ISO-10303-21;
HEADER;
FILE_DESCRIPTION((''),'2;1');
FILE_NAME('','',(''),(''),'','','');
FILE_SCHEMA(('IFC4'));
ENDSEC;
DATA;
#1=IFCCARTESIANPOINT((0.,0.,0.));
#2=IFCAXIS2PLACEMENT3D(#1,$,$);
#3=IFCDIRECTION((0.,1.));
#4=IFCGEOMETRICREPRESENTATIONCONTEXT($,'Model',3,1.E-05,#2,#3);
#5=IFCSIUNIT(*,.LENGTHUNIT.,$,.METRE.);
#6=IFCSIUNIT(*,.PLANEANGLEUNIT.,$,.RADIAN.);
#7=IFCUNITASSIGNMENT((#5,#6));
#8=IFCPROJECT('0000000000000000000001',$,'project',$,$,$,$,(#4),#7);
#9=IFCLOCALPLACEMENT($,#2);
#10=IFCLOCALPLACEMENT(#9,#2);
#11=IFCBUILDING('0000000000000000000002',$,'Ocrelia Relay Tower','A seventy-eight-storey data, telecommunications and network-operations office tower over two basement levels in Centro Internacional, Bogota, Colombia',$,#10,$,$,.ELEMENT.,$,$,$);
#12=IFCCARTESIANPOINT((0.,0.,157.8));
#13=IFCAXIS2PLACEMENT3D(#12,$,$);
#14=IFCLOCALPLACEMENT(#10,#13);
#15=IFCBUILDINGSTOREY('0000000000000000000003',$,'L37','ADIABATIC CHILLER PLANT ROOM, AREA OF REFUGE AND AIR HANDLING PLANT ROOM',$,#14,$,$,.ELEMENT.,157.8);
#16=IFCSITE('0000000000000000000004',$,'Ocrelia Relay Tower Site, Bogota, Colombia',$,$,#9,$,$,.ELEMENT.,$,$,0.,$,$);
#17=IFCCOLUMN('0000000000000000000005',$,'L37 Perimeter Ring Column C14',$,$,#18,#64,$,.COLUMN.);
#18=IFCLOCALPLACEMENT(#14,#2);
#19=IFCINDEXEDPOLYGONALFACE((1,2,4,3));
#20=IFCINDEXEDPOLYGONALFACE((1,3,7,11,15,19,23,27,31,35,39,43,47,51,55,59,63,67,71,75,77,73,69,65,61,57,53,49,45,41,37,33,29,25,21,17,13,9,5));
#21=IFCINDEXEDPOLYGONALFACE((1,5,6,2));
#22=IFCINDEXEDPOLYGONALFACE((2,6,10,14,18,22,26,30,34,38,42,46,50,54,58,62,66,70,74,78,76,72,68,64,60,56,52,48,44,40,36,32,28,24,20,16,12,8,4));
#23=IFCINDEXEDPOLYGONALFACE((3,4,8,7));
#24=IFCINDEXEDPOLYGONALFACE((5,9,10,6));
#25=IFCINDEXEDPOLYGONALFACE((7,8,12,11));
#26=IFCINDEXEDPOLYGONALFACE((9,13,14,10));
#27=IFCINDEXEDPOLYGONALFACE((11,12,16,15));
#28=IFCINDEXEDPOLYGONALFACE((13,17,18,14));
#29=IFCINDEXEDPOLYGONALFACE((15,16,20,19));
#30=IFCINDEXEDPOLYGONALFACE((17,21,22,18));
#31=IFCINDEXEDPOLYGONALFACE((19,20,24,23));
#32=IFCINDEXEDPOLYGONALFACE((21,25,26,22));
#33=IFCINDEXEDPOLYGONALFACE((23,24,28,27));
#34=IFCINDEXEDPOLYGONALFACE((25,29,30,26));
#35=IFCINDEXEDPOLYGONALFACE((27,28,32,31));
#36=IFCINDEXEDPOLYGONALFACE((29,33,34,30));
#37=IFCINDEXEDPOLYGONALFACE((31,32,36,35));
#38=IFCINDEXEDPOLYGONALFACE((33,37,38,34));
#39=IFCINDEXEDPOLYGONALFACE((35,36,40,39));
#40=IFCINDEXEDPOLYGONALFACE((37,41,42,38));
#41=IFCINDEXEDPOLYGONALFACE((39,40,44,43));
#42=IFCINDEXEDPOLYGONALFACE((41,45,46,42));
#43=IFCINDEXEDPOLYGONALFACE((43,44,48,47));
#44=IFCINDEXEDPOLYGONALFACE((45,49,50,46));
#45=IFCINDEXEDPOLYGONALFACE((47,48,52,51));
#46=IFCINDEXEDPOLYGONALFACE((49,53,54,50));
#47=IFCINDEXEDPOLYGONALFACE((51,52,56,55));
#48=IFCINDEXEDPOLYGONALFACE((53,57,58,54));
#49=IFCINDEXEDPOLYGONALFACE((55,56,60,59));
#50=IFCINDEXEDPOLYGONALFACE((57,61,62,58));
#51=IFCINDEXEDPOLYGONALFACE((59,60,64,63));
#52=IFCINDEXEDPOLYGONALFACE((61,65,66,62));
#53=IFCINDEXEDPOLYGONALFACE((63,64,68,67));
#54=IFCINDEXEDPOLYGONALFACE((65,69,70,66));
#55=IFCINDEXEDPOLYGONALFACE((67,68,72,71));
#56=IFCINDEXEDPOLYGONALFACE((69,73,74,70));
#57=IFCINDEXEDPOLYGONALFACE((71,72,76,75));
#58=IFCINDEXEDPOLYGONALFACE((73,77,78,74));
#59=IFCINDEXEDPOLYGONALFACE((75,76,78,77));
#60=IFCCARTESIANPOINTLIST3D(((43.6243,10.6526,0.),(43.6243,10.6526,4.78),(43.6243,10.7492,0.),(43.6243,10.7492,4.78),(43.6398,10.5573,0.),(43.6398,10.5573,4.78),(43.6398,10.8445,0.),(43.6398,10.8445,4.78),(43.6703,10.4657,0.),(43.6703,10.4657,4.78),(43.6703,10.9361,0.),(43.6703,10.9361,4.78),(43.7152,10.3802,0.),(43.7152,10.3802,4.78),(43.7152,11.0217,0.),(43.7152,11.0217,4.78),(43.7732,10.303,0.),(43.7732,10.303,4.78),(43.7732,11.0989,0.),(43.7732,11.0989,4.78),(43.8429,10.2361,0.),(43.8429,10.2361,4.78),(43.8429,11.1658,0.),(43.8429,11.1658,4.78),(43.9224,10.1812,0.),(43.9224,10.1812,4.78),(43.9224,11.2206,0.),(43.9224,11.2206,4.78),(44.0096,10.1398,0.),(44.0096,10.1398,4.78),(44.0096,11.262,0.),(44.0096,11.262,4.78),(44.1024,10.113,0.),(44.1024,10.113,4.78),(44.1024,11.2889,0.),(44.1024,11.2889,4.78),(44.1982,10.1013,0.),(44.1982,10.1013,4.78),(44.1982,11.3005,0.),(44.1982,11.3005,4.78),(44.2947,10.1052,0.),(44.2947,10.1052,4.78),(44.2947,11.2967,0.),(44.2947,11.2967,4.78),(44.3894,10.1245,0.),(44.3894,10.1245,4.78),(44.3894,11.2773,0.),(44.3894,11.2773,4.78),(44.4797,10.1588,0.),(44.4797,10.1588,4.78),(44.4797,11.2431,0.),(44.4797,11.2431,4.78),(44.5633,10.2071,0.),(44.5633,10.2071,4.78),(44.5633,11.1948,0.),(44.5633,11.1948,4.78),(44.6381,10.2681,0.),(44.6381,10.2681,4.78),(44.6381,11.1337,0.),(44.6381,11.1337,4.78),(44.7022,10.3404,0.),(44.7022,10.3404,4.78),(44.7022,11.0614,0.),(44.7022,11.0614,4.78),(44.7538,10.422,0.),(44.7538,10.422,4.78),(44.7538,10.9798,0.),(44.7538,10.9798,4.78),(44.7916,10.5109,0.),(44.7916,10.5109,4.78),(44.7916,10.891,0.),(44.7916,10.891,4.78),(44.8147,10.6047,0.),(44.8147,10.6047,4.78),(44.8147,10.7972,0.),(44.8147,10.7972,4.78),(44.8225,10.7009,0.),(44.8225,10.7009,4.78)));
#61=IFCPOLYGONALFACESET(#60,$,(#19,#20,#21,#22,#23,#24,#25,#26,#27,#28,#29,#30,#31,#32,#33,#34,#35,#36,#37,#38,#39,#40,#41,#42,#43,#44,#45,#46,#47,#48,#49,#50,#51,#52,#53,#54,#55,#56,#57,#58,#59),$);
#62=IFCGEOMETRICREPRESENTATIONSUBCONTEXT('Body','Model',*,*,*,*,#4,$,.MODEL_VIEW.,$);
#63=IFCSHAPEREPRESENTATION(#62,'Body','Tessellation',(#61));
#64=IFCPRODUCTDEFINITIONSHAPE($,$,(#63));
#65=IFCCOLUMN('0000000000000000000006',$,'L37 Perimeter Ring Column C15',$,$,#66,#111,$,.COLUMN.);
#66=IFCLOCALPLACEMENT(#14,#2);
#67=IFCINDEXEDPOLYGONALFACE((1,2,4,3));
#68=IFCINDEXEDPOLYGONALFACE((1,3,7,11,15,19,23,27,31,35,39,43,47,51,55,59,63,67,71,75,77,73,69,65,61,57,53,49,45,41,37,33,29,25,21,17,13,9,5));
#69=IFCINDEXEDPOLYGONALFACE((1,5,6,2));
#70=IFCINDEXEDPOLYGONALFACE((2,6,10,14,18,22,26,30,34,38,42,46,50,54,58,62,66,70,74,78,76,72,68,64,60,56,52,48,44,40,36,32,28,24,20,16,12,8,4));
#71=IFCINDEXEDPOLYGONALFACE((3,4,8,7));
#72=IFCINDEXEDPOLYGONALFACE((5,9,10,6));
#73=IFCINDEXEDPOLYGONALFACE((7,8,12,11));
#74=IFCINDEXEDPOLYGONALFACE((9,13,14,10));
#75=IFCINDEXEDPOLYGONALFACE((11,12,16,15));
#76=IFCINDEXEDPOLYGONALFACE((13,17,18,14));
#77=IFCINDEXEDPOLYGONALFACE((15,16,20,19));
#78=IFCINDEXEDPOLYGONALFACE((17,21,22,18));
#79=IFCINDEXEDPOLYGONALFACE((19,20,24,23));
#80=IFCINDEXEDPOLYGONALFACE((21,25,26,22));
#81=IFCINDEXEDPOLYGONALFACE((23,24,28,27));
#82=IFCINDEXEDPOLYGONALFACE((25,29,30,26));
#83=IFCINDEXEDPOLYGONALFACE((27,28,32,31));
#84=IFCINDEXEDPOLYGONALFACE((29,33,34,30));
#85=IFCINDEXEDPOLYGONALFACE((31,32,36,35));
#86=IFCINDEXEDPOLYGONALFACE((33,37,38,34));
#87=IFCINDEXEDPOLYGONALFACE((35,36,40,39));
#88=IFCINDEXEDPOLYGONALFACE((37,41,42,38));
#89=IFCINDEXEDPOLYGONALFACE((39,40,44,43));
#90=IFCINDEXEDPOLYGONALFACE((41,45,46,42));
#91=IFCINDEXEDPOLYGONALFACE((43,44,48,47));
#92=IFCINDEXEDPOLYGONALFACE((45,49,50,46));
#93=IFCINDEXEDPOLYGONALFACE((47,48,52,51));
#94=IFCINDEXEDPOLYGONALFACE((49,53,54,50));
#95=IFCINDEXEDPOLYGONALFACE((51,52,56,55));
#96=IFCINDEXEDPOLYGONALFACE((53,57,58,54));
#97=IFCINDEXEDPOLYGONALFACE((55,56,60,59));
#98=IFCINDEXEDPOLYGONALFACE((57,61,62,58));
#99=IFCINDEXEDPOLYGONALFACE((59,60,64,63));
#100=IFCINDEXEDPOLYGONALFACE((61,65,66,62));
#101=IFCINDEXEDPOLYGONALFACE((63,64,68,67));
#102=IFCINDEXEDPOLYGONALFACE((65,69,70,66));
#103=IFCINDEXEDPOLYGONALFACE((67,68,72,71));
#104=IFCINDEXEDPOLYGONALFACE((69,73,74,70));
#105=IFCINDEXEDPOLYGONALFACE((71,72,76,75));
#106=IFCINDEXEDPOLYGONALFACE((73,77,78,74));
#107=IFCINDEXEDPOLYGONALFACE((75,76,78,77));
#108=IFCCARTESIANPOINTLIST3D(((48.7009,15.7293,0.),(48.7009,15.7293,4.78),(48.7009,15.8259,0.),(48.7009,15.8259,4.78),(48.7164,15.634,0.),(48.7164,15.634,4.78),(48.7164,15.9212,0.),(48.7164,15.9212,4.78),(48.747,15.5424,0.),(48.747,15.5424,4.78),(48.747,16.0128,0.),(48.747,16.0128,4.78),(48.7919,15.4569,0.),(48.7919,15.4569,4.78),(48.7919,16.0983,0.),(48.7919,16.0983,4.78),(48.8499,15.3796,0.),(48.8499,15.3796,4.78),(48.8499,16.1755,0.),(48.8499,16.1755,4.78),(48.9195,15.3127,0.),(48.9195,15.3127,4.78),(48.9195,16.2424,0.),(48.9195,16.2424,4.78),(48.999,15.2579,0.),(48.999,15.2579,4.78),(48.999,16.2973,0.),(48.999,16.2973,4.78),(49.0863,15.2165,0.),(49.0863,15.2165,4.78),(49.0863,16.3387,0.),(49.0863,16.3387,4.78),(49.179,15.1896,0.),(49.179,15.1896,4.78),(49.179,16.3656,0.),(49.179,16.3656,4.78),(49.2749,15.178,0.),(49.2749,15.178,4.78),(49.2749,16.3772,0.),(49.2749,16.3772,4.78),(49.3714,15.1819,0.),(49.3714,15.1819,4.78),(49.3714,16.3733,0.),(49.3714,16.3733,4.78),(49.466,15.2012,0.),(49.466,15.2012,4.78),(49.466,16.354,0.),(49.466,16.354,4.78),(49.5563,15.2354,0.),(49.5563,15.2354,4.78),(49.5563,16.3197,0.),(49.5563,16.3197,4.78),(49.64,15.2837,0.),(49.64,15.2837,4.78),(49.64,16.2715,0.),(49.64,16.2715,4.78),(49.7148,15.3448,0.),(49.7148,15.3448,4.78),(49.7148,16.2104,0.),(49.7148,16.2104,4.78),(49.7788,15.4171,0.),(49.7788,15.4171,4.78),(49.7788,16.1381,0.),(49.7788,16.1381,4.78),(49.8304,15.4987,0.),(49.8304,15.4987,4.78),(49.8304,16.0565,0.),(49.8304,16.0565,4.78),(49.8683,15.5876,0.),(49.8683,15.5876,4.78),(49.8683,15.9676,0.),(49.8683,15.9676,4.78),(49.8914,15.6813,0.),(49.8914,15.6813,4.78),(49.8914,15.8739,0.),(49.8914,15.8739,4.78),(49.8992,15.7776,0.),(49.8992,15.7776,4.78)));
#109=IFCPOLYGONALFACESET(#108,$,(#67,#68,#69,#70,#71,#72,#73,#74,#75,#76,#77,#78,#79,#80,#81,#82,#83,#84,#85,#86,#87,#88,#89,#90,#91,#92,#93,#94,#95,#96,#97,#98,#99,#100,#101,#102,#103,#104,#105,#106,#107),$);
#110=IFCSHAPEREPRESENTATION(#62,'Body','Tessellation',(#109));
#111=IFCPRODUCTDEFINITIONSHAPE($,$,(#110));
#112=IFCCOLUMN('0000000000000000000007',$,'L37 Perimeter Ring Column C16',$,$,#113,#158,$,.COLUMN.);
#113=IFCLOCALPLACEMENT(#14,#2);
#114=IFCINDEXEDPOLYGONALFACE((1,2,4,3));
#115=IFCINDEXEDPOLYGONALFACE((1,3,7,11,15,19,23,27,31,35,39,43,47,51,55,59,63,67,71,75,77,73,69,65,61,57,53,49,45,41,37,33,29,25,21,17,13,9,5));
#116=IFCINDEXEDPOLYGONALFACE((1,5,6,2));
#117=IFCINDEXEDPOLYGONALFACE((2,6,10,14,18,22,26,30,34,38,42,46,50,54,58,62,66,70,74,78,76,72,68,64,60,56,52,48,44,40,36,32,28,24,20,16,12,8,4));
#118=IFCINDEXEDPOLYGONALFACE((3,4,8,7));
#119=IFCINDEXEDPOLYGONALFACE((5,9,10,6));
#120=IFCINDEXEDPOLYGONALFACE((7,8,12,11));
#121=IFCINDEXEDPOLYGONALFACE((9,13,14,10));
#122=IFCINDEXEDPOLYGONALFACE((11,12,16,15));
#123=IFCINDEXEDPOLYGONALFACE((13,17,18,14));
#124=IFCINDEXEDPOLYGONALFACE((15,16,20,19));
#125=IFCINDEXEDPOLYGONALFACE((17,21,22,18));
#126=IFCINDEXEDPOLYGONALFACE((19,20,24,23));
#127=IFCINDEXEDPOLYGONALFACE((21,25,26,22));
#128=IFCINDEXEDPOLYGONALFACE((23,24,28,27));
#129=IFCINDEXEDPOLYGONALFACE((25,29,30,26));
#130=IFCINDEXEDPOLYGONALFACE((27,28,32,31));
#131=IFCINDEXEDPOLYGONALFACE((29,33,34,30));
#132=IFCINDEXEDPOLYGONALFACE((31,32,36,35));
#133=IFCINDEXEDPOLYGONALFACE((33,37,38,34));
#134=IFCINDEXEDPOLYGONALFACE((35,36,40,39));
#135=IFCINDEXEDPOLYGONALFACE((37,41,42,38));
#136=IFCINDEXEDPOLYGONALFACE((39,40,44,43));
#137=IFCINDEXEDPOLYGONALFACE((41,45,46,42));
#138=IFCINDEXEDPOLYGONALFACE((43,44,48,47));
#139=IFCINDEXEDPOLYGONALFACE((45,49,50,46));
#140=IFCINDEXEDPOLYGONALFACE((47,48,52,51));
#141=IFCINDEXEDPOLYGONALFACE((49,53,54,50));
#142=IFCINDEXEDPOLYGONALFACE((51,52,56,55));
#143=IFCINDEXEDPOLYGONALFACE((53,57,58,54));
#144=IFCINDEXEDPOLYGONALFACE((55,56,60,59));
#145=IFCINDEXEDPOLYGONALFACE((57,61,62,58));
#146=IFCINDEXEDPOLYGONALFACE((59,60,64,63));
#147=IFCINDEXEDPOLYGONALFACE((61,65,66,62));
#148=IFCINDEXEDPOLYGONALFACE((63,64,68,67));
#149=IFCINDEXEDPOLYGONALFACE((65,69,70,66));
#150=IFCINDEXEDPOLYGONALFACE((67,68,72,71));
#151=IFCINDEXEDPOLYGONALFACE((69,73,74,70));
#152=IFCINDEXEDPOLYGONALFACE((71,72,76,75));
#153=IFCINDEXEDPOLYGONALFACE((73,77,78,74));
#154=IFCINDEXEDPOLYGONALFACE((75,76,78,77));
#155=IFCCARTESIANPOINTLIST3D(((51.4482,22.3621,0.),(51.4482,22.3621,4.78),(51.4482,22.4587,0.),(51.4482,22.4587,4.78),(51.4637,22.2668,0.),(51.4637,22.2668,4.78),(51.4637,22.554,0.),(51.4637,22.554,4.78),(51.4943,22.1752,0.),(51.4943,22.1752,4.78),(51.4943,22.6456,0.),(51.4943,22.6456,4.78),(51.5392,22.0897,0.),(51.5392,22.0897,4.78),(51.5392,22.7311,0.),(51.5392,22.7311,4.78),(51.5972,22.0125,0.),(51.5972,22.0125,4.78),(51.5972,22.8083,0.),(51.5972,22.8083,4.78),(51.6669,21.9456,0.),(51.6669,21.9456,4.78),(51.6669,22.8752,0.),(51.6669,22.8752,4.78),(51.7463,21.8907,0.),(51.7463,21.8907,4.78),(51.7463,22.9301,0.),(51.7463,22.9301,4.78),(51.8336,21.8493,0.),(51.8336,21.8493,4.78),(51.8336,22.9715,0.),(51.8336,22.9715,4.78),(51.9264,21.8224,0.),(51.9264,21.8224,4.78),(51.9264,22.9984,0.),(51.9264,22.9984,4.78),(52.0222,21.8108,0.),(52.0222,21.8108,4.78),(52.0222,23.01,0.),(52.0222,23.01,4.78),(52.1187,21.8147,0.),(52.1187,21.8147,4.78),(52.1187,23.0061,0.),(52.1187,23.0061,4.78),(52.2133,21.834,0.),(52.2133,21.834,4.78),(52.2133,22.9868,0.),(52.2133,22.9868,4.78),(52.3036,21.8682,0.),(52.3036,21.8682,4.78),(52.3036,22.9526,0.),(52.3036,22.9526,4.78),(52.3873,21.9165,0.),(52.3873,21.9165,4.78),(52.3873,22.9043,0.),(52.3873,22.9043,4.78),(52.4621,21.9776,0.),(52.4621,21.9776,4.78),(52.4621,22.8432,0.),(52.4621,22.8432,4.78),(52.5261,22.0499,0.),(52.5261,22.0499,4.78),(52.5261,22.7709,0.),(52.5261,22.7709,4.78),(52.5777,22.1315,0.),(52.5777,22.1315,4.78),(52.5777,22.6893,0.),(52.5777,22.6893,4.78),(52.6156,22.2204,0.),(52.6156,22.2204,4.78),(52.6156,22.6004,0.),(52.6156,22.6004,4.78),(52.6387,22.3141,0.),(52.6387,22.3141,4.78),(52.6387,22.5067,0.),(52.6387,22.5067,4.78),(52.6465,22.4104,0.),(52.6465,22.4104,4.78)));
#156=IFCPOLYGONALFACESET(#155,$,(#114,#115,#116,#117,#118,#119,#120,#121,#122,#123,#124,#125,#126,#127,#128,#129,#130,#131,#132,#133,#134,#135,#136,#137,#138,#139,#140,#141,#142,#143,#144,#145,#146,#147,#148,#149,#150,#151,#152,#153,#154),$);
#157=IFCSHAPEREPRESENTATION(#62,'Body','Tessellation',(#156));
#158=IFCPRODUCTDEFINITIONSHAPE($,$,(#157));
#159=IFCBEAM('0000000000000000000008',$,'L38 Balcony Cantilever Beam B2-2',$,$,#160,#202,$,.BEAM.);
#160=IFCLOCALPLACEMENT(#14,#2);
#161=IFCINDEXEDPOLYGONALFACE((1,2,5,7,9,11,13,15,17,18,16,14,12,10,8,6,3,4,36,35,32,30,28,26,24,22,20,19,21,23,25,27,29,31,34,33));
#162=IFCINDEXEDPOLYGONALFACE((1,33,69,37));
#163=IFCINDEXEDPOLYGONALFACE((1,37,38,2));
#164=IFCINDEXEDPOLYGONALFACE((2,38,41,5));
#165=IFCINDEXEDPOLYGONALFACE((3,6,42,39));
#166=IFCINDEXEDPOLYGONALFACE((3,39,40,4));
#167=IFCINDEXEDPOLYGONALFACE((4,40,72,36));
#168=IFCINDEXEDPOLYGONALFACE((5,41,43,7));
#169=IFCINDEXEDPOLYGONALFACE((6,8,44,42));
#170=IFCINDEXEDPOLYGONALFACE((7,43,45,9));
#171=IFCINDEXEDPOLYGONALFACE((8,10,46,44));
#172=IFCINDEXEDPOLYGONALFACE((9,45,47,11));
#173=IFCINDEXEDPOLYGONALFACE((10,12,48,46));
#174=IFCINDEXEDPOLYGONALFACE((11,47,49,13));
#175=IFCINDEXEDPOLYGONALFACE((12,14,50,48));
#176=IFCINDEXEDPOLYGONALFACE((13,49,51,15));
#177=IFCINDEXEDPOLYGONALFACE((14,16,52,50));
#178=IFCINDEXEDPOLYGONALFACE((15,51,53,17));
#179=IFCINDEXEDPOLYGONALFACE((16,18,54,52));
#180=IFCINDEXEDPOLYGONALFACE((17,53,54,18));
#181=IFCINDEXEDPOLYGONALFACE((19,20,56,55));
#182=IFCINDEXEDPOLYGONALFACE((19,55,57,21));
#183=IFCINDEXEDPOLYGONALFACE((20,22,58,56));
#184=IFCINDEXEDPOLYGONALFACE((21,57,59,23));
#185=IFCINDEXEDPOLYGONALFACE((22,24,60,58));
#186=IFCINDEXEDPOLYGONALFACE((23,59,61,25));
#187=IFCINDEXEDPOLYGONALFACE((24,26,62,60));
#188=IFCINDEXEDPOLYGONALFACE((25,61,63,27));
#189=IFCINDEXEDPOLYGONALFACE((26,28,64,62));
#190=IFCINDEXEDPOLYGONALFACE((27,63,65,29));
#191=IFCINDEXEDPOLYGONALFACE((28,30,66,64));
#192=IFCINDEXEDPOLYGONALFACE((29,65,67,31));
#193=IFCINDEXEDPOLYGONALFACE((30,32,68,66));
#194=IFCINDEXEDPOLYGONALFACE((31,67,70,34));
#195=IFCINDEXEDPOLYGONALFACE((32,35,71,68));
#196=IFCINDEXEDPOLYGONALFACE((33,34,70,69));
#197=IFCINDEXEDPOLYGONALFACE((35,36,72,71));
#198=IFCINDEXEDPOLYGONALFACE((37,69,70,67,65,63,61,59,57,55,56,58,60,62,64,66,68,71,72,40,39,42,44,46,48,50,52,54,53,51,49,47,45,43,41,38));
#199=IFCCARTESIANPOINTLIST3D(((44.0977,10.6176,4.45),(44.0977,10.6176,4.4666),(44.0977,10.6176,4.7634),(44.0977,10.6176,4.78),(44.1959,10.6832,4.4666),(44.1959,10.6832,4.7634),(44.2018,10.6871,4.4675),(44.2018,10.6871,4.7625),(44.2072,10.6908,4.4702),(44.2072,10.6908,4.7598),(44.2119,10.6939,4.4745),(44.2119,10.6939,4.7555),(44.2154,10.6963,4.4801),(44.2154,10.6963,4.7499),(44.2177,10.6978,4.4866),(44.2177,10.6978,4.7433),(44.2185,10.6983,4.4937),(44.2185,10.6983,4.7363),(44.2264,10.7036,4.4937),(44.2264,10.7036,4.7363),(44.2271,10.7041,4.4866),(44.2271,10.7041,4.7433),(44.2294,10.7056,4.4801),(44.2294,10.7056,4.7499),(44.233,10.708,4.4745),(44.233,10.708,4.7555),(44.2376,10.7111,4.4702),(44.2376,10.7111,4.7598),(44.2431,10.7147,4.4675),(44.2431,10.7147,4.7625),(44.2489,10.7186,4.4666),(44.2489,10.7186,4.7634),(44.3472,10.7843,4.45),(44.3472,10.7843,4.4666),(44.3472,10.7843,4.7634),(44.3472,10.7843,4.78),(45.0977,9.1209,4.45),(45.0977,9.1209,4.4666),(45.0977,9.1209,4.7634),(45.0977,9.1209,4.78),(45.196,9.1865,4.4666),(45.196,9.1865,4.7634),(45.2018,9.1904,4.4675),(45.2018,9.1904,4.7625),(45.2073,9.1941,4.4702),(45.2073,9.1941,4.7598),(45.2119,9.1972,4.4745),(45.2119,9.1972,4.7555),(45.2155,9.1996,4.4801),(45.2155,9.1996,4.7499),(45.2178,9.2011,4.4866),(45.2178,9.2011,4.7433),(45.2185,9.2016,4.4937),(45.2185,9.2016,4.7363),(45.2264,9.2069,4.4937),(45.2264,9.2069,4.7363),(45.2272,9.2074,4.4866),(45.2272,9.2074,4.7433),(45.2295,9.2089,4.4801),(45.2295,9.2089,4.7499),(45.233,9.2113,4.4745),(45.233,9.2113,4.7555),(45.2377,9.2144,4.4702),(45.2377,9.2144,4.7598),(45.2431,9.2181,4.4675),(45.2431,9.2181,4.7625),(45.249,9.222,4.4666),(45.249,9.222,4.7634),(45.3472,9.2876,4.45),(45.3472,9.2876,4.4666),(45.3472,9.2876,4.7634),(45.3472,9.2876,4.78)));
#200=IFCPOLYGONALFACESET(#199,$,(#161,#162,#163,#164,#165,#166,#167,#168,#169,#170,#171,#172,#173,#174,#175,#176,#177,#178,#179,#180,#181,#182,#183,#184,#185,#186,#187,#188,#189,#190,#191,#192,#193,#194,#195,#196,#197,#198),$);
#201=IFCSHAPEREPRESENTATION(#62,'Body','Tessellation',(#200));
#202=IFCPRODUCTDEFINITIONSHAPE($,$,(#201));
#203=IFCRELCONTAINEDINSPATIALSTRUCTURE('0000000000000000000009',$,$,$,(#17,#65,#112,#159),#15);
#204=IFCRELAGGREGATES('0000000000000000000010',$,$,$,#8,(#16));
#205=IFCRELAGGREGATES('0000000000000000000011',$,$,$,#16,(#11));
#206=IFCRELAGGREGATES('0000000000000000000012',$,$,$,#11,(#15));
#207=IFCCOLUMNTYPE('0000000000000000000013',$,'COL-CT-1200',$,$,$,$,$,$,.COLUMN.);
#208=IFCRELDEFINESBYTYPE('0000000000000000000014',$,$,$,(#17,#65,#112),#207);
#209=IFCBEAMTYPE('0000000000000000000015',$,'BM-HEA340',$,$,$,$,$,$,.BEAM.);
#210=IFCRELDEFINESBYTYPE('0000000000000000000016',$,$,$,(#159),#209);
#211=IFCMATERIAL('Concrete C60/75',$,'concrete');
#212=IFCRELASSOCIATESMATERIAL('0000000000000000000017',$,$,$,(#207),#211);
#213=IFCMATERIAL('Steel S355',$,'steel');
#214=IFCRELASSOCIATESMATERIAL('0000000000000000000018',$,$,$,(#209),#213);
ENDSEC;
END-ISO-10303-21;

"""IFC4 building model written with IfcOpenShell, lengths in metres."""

from ifc_helpers import new_model, si_unit, direction, frame, origin, origin_2d, place, context, subcontext, project, spatial, circle, i_section, extrude, material, material_profile, profile_set, type_object, element, save


model = new_model("IFC4")

# Units and contexts
model_context = context("Model", 3, precision=1e-05, world=origin(), true_north=direction((0.0, 1.0)))
body_context = subcontext(model_context, "Body", "Model", "MODEL_VIEW")
ifc_project = project(units=[si_unit("LENGTHUNIT", "METRE"), si_unit("PLANEANGLEUNIT", "RADIAN")], contexts=[model_context])

# Site, building, storey
site_placement = place(None, origin())
site = spatial("IfcSite", under=ifc_project, at=site_placement, Name="Ocrelia Relay Tower Site, Bogota, Colombia", CompositionType="ELEMENT", RefElevation=0.0)
building_placement = place(site_placement, origin())
building = spatial("IfcBuilding", under=site, at=building_placement, Name="Ocrelia Relay Tower", Description="A seventy-eight-storey data, telecommunications and network-operations office tower over two basement levels in Centro Internacional, Bogota, Colombia", CompositionType="ELEMENT")
storey_placement = place(building_placement, frame((0.0, 0.0, 157.8)))
storey = spatial("IfcBuildingStorey", under=building, at=storey_placement, Name="L37", Description="ADIABATIC CHILLER PLANT ROOM, AREA OF REFUGE AND AIR HANDLING PLANT ROOM", CompositionType="ELEMENT", Elevation=157.8)

# Columns
ifc_material_1 = material(Name="Concrete C60/75", Category="concrete")
ifc_material_profile_1 = material_profile(ifc_material_1, circle(Radius=0.6001, at=origin_2d()), Name="RC-CIR-1200")
ifc_profile_set_1 = profile_set([ifc_material_profile_1], Name="Concrete C60/75")
column_type = type_object("IfcColumnType", Name="COL-CT-1200", PredefinedType="COLUMN", material=ifc_profile_set_1)
for number, where, z_axis, x_axis, name in (
    (1, (44.2224, 10.7009, 0.0), (0.0, 0.0, 1.0), (1.0, 0.0, 0.0), "L37 Perimeter Ring Column C14"),
    (2, (49.2991, 15.7776, 0.0), (0.0, 0.0, 1.0), (1.0, 0.0, 0.0), "L37 Perimeter Ring Column C15"),
    (3, (52.0464, 22.4104, 0.0), (0.0, 0.0, 1.0), (1.0, 0.0, 0.0), "L37 Perimeter Ring Column C16"),
):
    element("IfcColumn", number, at=place(storey_placement, frame(where, z_axis=z_axis, x_axis=x_axis)), inside=storey, type_object=column_type, Name=name, PredefinedType="COLUMN", context=body_context, shape_type="SweptSolid", body=[
        extrude(circle(Radius=0.6001, at=origin_2d()), origin(), (0.0, 0.0, 1.0), 4.78),
    ])

# Beam
ifc_material_2 = material(Name="Steel S355", Category="steel")
ifc_material_profile_2 = material_profile(ifc_material_2, i_section(OverallWidth=0.3, OverallDepth=0.3301, WebThickness=0.0095, FlangeThickness=0.0166, FilletRadius=0.0271, at=origin_2d()), Name="HEA 340")
ifc_profile_set_2 = profile_set([ifc_material_profile_2], Name="Steel S355")
beam_type_1 = type_object("IfcBeamType", Name="BM-HEA340", PredefinedType="BEAM", material=ifc_profile_set_2)
beam_1_placement = place(storey_placement, frame((44.2224, 10.7009, 4.615), z_axis=(0.555576, -0.831466, 0.0), x_axis=(0.831466, 0.555576, 0.0)))
element("IfcBeam", 4, at=beam_1_placement, inside=storey, type_object=beam_type_1, Name="L38 Balcony Cantilever Beam B2-2", PredefinedType="BEAM", context=body_context, shape_type="SweptSolid", body=[
    extrude(i_section(OverallWidth=0.3, OverallDepth=0.3301, WebThickness=0.0095, FlangeThickness=0.0166, FilletRadius=0.0271, at=origin_2d()), origin(), (0.0, 0.0, 1.0), 1.8),
])

save(model, "model.ifc")
